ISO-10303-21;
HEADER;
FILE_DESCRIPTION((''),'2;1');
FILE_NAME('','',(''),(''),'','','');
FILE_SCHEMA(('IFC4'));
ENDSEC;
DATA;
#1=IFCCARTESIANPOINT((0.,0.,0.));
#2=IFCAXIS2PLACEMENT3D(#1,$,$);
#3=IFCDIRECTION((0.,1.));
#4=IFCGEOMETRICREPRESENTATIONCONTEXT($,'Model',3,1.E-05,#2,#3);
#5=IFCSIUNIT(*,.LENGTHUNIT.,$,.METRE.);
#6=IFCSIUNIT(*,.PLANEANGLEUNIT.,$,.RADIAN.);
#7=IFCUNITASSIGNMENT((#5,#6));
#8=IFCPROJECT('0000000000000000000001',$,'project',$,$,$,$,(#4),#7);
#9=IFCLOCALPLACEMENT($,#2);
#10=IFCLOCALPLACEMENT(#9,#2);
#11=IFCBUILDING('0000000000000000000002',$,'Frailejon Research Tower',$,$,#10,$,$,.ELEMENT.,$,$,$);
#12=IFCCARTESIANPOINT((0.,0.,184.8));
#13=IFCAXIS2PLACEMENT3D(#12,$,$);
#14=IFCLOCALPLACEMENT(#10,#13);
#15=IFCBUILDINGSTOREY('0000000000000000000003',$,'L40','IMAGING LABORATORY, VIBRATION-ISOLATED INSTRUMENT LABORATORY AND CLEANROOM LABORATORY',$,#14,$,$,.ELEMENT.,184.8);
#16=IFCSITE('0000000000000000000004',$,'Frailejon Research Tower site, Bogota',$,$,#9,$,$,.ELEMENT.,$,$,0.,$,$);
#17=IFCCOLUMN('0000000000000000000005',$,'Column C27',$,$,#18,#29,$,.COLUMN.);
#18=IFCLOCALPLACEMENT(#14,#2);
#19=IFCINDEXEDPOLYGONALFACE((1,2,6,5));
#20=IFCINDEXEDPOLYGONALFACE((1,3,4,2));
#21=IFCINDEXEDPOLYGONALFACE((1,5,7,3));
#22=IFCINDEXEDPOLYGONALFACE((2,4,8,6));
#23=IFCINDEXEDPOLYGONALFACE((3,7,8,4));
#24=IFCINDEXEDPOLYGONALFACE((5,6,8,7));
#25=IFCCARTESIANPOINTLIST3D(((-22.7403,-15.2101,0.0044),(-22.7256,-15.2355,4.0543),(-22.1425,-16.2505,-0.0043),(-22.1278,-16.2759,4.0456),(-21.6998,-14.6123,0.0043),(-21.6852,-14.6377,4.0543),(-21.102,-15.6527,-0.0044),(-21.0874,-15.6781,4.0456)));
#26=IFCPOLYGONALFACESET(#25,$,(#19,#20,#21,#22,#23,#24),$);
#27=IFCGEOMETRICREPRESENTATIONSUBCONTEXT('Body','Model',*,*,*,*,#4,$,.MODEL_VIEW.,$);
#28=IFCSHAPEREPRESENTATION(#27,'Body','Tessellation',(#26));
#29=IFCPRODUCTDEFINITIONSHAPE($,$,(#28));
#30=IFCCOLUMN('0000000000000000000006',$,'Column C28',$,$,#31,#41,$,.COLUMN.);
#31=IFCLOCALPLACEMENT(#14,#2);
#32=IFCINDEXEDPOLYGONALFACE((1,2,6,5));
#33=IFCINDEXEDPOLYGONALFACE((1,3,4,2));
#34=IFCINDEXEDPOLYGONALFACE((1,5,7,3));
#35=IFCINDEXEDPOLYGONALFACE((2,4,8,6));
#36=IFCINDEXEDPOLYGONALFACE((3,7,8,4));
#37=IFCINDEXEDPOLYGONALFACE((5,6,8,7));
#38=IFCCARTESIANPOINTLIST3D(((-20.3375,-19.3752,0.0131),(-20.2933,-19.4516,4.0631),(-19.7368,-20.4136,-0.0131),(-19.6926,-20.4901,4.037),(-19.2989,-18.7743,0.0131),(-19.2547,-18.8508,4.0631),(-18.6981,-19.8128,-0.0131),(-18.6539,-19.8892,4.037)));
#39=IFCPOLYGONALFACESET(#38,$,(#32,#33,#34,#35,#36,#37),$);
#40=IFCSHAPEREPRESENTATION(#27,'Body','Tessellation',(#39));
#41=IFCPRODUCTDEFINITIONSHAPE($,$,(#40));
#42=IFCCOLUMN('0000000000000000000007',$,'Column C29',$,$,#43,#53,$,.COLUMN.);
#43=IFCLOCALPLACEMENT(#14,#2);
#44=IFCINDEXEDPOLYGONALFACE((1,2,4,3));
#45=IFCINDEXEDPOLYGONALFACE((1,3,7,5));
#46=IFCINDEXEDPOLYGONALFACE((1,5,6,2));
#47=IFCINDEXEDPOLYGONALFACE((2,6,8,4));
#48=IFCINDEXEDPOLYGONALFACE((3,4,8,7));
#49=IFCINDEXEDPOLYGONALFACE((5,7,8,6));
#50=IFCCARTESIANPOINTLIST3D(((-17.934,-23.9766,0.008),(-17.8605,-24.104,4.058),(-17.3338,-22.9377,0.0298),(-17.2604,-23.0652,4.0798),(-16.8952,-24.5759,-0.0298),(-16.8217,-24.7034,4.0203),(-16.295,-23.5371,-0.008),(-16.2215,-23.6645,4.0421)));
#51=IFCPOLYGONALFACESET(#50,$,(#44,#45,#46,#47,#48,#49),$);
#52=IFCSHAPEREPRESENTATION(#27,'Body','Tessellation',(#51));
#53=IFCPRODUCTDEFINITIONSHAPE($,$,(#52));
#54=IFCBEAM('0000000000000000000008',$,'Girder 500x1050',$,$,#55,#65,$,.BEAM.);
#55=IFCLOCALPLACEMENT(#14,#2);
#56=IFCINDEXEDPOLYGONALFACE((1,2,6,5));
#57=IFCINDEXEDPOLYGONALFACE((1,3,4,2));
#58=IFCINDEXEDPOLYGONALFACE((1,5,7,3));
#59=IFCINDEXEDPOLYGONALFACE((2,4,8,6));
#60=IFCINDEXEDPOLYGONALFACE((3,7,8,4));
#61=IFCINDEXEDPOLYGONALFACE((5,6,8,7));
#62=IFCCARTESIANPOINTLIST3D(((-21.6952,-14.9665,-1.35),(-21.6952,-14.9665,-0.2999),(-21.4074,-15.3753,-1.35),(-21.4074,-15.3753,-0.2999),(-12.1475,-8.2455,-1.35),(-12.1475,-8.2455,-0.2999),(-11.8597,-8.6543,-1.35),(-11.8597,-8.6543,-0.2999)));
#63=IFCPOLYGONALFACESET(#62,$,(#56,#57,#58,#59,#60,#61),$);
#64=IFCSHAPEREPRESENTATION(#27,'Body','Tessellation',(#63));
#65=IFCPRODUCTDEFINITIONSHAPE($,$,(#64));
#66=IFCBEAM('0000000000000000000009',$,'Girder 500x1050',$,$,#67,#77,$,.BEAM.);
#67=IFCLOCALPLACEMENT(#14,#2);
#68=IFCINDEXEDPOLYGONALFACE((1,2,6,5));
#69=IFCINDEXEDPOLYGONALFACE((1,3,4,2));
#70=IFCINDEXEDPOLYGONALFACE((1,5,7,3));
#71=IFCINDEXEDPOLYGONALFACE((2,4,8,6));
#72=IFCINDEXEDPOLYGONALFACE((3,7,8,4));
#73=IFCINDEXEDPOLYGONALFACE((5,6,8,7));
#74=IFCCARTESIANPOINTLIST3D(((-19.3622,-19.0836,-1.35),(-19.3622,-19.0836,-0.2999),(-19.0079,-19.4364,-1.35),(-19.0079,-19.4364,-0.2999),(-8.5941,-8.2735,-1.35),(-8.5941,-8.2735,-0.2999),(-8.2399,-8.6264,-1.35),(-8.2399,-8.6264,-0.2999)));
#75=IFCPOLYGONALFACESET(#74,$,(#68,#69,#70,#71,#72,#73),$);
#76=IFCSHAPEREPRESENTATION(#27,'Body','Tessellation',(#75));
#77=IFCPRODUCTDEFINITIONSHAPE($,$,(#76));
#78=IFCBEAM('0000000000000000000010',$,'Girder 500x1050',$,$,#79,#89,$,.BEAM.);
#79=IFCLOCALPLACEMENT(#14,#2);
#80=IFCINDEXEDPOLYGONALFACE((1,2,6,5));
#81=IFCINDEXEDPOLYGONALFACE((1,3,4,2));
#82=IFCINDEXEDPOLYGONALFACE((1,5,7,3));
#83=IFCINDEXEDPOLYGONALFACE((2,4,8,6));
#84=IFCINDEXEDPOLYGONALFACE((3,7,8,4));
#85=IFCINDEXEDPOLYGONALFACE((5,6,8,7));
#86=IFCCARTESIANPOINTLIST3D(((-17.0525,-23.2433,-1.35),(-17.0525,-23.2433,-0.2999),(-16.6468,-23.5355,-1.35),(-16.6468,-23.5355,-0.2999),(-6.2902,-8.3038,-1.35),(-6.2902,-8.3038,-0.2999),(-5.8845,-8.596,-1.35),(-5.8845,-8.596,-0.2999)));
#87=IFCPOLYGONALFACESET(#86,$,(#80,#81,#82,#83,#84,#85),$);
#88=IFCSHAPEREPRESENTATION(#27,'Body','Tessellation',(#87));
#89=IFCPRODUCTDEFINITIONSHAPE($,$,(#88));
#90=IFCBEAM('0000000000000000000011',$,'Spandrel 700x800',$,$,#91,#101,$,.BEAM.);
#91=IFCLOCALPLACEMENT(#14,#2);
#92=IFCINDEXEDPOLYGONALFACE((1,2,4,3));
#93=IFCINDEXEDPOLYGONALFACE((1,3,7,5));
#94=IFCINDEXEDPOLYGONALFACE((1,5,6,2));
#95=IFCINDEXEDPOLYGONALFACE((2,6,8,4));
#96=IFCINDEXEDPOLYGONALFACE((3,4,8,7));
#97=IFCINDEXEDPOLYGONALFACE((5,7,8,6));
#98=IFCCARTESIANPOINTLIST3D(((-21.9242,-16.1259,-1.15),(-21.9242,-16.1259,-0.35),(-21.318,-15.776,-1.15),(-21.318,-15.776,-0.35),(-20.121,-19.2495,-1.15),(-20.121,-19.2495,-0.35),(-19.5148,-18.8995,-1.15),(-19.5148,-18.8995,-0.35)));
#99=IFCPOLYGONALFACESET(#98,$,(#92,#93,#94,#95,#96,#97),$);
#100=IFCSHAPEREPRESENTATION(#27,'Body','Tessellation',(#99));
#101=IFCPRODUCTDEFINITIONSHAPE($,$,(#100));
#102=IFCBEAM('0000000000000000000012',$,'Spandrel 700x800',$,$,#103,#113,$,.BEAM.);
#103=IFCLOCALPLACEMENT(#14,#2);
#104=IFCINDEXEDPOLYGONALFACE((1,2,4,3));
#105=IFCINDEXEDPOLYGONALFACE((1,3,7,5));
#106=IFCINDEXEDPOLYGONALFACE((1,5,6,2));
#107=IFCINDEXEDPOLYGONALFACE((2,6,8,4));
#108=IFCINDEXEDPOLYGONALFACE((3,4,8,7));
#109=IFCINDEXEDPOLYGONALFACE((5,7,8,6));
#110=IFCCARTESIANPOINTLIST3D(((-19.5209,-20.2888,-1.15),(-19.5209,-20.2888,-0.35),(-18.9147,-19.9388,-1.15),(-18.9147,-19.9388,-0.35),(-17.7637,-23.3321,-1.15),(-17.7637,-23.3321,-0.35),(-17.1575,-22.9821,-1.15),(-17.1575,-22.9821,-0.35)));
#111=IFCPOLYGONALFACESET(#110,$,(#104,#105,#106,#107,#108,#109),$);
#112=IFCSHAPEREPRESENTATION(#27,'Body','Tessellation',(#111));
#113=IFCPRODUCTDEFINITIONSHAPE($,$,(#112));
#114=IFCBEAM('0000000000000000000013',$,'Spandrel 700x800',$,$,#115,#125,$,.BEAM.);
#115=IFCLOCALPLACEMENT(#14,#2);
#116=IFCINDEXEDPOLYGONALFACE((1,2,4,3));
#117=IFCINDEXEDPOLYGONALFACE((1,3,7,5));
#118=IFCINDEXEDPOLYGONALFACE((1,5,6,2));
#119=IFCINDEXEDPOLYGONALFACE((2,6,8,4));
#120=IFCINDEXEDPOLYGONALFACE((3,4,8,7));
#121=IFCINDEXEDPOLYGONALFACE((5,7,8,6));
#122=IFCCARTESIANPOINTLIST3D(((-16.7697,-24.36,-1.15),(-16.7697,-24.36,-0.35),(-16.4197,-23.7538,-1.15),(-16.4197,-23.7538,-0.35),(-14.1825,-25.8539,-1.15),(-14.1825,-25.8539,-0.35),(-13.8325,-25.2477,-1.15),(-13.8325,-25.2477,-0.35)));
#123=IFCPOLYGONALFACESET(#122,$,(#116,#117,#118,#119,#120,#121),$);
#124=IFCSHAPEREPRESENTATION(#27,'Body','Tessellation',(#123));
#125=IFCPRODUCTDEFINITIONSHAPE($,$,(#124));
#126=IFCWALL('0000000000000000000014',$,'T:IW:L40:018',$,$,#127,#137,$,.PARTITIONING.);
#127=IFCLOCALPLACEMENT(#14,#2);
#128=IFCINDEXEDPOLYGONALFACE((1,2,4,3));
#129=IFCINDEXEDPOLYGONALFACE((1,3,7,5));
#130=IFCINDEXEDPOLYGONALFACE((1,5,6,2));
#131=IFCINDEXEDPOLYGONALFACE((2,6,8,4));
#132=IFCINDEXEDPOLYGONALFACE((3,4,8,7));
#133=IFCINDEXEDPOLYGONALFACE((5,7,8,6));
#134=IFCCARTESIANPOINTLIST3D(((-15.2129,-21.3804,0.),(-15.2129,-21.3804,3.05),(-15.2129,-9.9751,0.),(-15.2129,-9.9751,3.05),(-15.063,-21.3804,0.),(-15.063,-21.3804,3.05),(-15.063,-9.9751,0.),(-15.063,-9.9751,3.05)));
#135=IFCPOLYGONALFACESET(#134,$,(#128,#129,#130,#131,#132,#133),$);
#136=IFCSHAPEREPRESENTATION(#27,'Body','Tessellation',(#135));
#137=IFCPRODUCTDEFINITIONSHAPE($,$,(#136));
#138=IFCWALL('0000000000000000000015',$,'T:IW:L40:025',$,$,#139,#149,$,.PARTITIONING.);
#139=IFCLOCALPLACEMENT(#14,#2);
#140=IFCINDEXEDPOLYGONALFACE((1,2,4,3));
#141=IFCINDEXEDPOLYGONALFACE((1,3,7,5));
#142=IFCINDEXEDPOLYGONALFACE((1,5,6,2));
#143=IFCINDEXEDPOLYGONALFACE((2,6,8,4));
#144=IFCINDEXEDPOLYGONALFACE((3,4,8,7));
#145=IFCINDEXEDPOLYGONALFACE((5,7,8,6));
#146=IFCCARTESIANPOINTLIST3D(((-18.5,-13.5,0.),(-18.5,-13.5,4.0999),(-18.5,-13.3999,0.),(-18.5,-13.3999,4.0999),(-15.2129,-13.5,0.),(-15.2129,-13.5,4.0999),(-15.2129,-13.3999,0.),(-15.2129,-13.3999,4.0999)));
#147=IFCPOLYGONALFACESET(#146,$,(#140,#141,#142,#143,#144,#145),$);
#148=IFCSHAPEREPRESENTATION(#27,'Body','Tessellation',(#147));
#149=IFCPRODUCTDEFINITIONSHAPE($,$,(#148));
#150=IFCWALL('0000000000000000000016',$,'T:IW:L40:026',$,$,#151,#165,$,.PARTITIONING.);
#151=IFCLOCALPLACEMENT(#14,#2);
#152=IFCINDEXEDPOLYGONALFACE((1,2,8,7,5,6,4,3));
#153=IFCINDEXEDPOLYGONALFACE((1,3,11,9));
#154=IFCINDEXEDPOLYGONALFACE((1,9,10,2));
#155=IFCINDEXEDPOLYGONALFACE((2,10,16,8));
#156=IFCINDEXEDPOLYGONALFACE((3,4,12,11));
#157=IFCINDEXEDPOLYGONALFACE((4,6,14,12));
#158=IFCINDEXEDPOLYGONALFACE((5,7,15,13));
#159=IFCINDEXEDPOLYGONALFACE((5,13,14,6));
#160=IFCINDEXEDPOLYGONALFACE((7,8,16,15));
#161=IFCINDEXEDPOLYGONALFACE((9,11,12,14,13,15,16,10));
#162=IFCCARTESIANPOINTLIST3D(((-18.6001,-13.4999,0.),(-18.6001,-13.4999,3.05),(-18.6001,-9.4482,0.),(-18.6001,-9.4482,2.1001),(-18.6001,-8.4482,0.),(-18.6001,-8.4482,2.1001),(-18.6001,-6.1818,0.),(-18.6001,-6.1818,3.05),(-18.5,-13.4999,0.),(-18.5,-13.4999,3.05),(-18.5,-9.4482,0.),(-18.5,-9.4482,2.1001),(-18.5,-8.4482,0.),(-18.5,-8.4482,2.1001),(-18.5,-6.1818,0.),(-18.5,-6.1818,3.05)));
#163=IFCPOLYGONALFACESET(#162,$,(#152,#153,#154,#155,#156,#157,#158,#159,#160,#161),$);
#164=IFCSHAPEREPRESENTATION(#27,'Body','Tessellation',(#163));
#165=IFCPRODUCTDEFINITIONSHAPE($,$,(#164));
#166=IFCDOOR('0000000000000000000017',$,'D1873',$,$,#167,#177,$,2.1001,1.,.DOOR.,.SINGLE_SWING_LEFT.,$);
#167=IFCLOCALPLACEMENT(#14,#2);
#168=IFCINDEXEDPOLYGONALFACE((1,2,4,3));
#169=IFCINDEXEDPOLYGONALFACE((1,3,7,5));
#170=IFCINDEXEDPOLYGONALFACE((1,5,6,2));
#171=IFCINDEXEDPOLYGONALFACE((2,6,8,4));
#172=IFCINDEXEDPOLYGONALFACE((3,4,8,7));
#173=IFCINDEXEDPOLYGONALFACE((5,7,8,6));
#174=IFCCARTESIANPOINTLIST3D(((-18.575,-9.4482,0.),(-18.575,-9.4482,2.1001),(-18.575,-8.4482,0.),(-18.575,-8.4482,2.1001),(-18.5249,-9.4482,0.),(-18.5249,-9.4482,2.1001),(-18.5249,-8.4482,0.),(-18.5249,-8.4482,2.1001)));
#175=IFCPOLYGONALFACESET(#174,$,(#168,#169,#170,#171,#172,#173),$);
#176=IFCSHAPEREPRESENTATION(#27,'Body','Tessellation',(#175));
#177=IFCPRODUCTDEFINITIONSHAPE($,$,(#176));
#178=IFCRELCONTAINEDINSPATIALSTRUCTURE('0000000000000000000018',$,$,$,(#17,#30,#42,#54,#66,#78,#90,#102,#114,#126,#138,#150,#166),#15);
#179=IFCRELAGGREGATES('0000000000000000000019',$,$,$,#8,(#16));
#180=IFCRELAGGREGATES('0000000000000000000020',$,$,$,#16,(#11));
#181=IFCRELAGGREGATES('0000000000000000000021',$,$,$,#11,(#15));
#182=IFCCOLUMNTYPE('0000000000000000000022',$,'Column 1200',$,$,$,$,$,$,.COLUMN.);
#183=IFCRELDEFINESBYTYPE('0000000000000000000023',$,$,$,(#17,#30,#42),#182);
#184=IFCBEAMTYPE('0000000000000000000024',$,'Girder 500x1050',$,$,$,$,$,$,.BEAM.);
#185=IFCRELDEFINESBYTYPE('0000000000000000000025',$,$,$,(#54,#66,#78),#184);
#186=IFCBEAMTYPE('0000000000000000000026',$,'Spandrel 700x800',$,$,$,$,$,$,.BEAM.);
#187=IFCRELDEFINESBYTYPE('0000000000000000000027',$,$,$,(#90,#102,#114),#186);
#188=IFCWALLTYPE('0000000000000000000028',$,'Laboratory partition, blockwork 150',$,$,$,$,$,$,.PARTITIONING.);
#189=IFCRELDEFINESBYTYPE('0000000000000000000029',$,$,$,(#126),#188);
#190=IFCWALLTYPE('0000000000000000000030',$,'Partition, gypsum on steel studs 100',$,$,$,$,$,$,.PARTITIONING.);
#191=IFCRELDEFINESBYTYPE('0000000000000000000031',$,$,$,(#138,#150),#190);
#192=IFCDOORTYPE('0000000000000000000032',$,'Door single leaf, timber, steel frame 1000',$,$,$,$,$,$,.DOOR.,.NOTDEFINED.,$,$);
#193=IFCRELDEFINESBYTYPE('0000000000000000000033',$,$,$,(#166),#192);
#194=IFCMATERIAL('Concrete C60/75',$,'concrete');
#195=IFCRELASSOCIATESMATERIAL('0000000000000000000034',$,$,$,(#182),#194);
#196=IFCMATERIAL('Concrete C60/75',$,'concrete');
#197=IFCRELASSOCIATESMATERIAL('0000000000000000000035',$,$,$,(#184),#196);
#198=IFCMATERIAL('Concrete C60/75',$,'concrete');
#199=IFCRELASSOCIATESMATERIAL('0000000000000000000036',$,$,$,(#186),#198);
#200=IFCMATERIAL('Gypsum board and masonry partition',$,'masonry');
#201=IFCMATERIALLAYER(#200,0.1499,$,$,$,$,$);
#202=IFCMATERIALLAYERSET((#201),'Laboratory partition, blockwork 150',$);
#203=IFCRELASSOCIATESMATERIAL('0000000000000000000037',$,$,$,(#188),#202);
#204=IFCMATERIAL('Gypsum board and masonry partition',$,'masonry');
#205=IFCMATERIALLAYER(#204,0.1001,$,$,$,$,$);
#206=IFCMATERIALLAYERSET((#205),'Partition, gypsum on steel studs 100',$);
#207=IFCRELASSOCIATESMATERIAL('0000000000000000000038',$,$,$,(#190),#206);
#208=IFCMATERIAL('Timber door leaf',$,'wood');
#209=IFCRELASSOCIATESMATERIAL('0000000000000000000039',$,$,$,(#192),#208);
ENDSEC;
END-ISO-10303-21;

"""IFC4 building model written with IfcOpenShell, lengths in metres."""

from ifc_helpers import new_model, si_unit, direction, frame, frame_2d, origin, origin_2d, place, context, subcontext, project, spatial, rectangle, extrude, material, layer, layer_set, material_profile, profile_set, type_object, element, fill, save


model = new_model("IFC4")

# Units and contexts
model_context = context("Model", 3, precision=1e-05, world=origin(), true_north=direction((0.0, 1.0)))
body_context = subcontext(model_context, "Body", "Model", "MODEL_VIEW")
ifc_project = project(units=[si_unit("LENGTHUNIT", "METRE"), si_unit("PLANEANGLEUNIT", "RADIAN")], contexts=[model_context])

# Site, building, storey
site_placement = place(None, origin())
site = spatial("IfcSite", under=ifc_project, at=site_placement, Name="Frailejon Research Tower site, Bogota", CompositionType="ELEMENT", RefElevation=0.0)
building_placement = place(site_placement, origin())
building = spatial("IfcBuilding", under=site, at=building_placement, Name="Frailejon Research Tower", CompositionType="ELEMENT")
storey_placement = place(building_placement, frame((0.0, 0.0, 184.8)))
storey = spatial("IfcBuildingStorey", under=building, at=storey_placement, Name="L40", Description="IMAGING LABORATORY, VIBRATION-ISOLATED INSTRUMENT LABORATORY AND CLEANROOM LABORATORY", CompositionType="ELEMENT", Elevation=184.8)

# Columns
ifc_material_1 = material(Name="Concrete C60/75", Category="concrete")
ifc_material_profile_1 = material_profile(ifc_material_1, rectangle(XDim=1.2, YDim=1.2, at=origin_2d()), Name="Column 1200")
ifc_profile_set_1 = profile_set([ifc_material_profile_1], Name="Concrete C60/75")
column_type = type_object("IfcColumnType", Name="Column 1200", PredefinedType="COLUMN", material=ifc_profile_set_1)
column_1_placement = place(storey_placement, frame((-21.9211, -15.4314, 0.0), z_axis=(0.003617, -0.006269, 0.999974), x_axis=(0.498177, -0.867045, -0.007238)))
element("IfcColumn", 1, at=column_1_placement, inside=storey, type_object=column_type, Name="Column C27", PredefinedType="COLUMN", context=body_context, shape_type="SweptSolid", body=[
    extrude(rectangle(XDim=1.2, YDim=1.2, at=origin_2d()), origin(), (0.0, 0.0, 1.0), 4.05),
])
column_2_placement = place(storey_placement, frame((-19.5178, -19.594, 0.0), z_axis=(0.010908, -0.018863, 0.999763), x_axis=(0.500638, -0.865382, -0.02179)))
element("IfcColumn", 2, at=column_2_placement, inside=storey, type_object=column_type, Name="Column C28", PredefinedType="COLUMN", context=body_context, shape_type="SweptSolid", body=[
    extrude(rectangle(XDim=1.2, YDim=1.2, at=origin_2d()), origin(), (0.0, 0.0, 1.0), 4.051),
])
column_3_placement = place(storey_placement, frame((-17.1145, -23.7568, 0.0), z_axis=(0.018133, -0.031446, 0.999341), x_axis=(0.865741, -0.499505, -0.031426)))
element("IfcColumn", 3, at=column_3_placement, inside=storey, type_object=column_type, Name="Column C29", PredefinedType="COLUMN", context=body_context, shape_type="SweptSolid", body=[
    extrude(rectangle(XDim=1.2, YDim=1.2, at=origin_2d()), origin(), (0.0, 0.0, 1.0), 4.0527),
])

# Beams
ifc_material_2 = material(Name="Concrete C60/75", Category="concrete")
ifc_material_profile_2 = material_profile(ifc_material_2, rectangle(XDim=0.5, YDim=1.05, at=origin_2d()), Name="Girder 500x1050")
ifc_profile_set_2 = profile_set([ifc_material_profile_2], Name="Concrete C60/75")
beam_type_1 = type_object("IfcBeamType", Name="Girder 500x1050", PredefinedType="BEAM", material=ifc_profile_set_2)
beam_1_placement = place(storey_placement, frame((-21.5513, -15.1709, -0.825), z_axis=(0.817715, 0.575623, 0.0), x_axis=(-0.575623, 0.817715, 0.0)))
element("IfcBeam", 4, at=beam_1_placement, inside=storey, type_object=beam_type_1, Name="Girder 500x1050", PredefinedType="BEAM", context=body_context, shape_type="SweptSolid", body=[
    extrude(rectangle(XDim=0.5, YDim=1.05, at=origin_2d()), origin(), (0.0, 0.0, 1.0), 11.676),
])
beam_2_placement = place(storey_placement, frame((-19.1851, -19.26, -0.825), z_axis=(0.705729, 0.708482, 0.0), x_axis=(-0.708482, 0.705729, 0.0)))
element("IfcBeam", 5, at=beam_2_placement, inside=storey, type_object=beam_type_1, Name="Girder 500x1050", PredefinedType="BEAM", context=body_context, shape_type="SweptSolid", body=[
    extrude(rectangle(XDim=0.5, YDim=1.05, at=origin_2d()), origin(), (0.0, 0.0, 1.0), 15.2581),
])
beam_3_placement = place(storey_placement, frame((-16.8496, -23.3894, -0.825), z_axis=(0.584512, 0.811385, 0.0), x_axis=(-0.811385, 0.584512, 0.0)))
element("IfcBeam", 6, at=beam_3_placement, inside=storey, type_object=beam_type_1, Name="Girder 500x1050", PredefinedType="BEAM", context=body_context, shape_type="SweptSolid", body=[
    extrude(rectangle(XDim=0.5, YDim=1.05, at=origin_2d()), origin(), (0.0, 0.0, 1.0), 18.4124),
])
ifc_material_3 = material(Name="Concrete C60/75", Category="concrete")
ifc_material_profile_3 = material_profile(ifc_material_3, rectangle(XDim=0.7, YDim=0.8, at=origin_2d()), Name="Spandrel 700x800")
ifc_profile_set_3 = profile_set([ifc_material_profile_3], Name="Concrete C60/75")
beam_type_2 = type_object("IfcBeamType", Name="Spandrel 700x800", PredefinedType="BEAM", material=ifc_profile_set_3)
beam_4_placement = place(storey_placement, frame((-21.6211, -15.9509, -0.75), z_axis=(0.499969, -0.866044, 0.0), x_axis=(0.866044, 0.499969, 0.0)))
element("IfcBeam", 7, at=beam_4_placement, inside=storey, type_object=beam_type_2, Name="Spandrel 700x800", PredefinedType="BEAM", context=body_context, shape_type="SweptSolid", body=[
    extrude(rectangle(XDim=0.7, YDim=0.8, at=origin_2d()), origin(), (0.0, 0.0, 1.0), 3.6067),
])
beam_5_placement = place(storey_placement, frame((-19.2178, -20.1138, -0.75), z_axis=(0.500017, -0.866016, 0.0), x_axis=(0.866016, 0.500017, 0.0)))
element("IfcBeam", 8, at=beam_5_placement, inside=storey, type_object=beam_type_2, Name="Spandrel 700x800", PredefinedType="BEAM", context=body_context, shape_type="SweptSolid", body=[
    extrude(rectangle(XDim=0.7, YDim=0.8, at=origin_2d()), origin(), (0.0, 0.0, 1.0), 3.5142),
])
beam_6_placement = place(storey_placement, frame((-16.5947, -24.0569, -0.75), z_axis=(0.865996, -0.50005, 0.0), x_axis=(0.50005, 0.865996, 0.0)))
element("IfcBeam", 9, at=beam_6_placement, inside=storey, type_object=beam_type_2, Name="Spandrel 700x800", PredefinedType="BEAM", context=body_context, shape_type="SweptSolid", body=[
    extrude(rectangle(XDim=0.7, YDim=0.8, at=origin_2d()), origin(), (0.0, 0.0, 1.0), 2.9875),
])

# Walls
ifc_material_4 = material(Name="Gypsum board and masonry partition", Category="masonry")
ifc_layer_1 = layer(ifc_material_4, 0.1499)
ifc_layer_set_1 = layer_set([ifc_layer_1], Name="Laboratory partition, blockwork 150")
wall_type_1 = type_object("IfcWallType", Name="Laboratory partition, blockwork 150", PredefinedType="PARTITIONING", material=ifc_layer_set_1)
wall_1_placement = place(storey_placement, frame((-15.1379, -21.3804, 0.0), z_axis=(0.0, 0.0, 1.0), x_axis=(0.0, 1.0, 0.0)))
element("IfcWall", 10, at=wall_1_placement, inside=storey, type_object=wall_type_1, Name="T:IW:L40:018", PredefinedType="PARTITIONING", context=body_context, shape_type="SweptSolid", body=[
    extrude(rectangle(XDim=11.4053, YDim=0.1499, at=frame_2d((5.7026, 0.0))), origin(), (0.0, 0.0, 1.0), 3.05),
])
ifc_material_5 = material(Name="Gypsum board and masonry partition", Category="masonry")
ifc_layer_2 = layer(ifc_material_5, 0.1001)
ifc_layer_set_2 = layer_set([ifc_layer_2], Name="Partition, gypsum on steel studs 100")
wall_type_2 = type_object("IfcWallType", Name="Partition, gypsum on steel studs 100", PredefinedType="PARTITIONING", material=ifc_layer_set_2)
wall_2_placement = place(storey_placement, frame((-18.5, -13.45, 0.0), z_axis=(0.0, 0.0, 1.0), x_axis=(1.0, 0.0, 0.0)))
element("IfcWall", 11, at=wall_2_placement, inside=storey, type_object=wall_type_2, Name="T:IW:L40:025", PredefinedType="PARTITIONING", context=body_context, shape_type="SweptSolid", body=[
    extrude(rectangle(XDim=3.2871, YDim=0.1001, at=frame_2d((1.6436, 0.0))), origin(), (0.0, 0.0, 1.0), 4.0999),
])

# Wall, opening, door
wall_3_placement = place(storey_placement, frame((-18.55, -13.5, 0.0), z_axis=(0.0, 0.0, 1.0), x_axis=(0.0, 1.0, 0.0)))
wall_3 = element("IfcWall", 12, at=wall_3_placement, inside=storey, type_object=wall_type_2, Name="T:IW:L40:026", PredefinedType="PARTITIONING", context=body_context, shape_type="SweptSolid", body=[
    extrude(rectangle(XDim=7.3181, YDim=0.1001, at=frame_2d((3.6592, 0.0))), origin(), (0.0, 0.0, 1.0), 3.05),
])
opening_placement = place(wall_3_placement, frame((4.0518, 0.0, 0.0)))
opening = element("IfcOpeningElement", 13, at=opening_placement, cuts=wall_3, PredefinedType="OPENING", context=body_context, shape_type="SweptSolid", body=[
    extrude(rectangle(XDim=1.0, YDim=2.1001, at=frame_2d((0.5, 1.05))), frame((0.0, 0.0601, 0.0), z_axis=(0.0, -1.0, 0.0), x_axis=(1.0, 0.0, 0.0)), (0.0, 0.0, 1.0), 0.1201),
])
ifc_material_6 = material(Name="Timber door leaf", Category="wood")
door_type = type_object("IfcDoorType", Name="Door single leaf, timber, steel frame 1000", OperationType="NOTDEFINED", PredefinedType="DOOR", material=ifc_material_6)
door_placement = place(opening_placement, origin())
door = element("IfcDoor", 14, at=door_placement, inside=storey, type_object=door_type, Name="D1873", OperationType="SINGLE_SWING_LEFT", OverallHeight=2.1001, OverallWidth=1.0, PredefinedType="DOOR", context=body_context, shape_type="SweptSolid", body=[
    extrude(rectangle(XDim=1.0, YDim=2.1001, at=frame_2d((0.5, 1.05))), frame((0.0, 0.0249, 0.0), z_axis=(0.0, -1.0, 0.0), x_axis=(1.0, 0.0, 0.0)), (0.0, 0.0, 1.0), 0.05),
])
fill(opening, door)

save(model, "model.ifc")
